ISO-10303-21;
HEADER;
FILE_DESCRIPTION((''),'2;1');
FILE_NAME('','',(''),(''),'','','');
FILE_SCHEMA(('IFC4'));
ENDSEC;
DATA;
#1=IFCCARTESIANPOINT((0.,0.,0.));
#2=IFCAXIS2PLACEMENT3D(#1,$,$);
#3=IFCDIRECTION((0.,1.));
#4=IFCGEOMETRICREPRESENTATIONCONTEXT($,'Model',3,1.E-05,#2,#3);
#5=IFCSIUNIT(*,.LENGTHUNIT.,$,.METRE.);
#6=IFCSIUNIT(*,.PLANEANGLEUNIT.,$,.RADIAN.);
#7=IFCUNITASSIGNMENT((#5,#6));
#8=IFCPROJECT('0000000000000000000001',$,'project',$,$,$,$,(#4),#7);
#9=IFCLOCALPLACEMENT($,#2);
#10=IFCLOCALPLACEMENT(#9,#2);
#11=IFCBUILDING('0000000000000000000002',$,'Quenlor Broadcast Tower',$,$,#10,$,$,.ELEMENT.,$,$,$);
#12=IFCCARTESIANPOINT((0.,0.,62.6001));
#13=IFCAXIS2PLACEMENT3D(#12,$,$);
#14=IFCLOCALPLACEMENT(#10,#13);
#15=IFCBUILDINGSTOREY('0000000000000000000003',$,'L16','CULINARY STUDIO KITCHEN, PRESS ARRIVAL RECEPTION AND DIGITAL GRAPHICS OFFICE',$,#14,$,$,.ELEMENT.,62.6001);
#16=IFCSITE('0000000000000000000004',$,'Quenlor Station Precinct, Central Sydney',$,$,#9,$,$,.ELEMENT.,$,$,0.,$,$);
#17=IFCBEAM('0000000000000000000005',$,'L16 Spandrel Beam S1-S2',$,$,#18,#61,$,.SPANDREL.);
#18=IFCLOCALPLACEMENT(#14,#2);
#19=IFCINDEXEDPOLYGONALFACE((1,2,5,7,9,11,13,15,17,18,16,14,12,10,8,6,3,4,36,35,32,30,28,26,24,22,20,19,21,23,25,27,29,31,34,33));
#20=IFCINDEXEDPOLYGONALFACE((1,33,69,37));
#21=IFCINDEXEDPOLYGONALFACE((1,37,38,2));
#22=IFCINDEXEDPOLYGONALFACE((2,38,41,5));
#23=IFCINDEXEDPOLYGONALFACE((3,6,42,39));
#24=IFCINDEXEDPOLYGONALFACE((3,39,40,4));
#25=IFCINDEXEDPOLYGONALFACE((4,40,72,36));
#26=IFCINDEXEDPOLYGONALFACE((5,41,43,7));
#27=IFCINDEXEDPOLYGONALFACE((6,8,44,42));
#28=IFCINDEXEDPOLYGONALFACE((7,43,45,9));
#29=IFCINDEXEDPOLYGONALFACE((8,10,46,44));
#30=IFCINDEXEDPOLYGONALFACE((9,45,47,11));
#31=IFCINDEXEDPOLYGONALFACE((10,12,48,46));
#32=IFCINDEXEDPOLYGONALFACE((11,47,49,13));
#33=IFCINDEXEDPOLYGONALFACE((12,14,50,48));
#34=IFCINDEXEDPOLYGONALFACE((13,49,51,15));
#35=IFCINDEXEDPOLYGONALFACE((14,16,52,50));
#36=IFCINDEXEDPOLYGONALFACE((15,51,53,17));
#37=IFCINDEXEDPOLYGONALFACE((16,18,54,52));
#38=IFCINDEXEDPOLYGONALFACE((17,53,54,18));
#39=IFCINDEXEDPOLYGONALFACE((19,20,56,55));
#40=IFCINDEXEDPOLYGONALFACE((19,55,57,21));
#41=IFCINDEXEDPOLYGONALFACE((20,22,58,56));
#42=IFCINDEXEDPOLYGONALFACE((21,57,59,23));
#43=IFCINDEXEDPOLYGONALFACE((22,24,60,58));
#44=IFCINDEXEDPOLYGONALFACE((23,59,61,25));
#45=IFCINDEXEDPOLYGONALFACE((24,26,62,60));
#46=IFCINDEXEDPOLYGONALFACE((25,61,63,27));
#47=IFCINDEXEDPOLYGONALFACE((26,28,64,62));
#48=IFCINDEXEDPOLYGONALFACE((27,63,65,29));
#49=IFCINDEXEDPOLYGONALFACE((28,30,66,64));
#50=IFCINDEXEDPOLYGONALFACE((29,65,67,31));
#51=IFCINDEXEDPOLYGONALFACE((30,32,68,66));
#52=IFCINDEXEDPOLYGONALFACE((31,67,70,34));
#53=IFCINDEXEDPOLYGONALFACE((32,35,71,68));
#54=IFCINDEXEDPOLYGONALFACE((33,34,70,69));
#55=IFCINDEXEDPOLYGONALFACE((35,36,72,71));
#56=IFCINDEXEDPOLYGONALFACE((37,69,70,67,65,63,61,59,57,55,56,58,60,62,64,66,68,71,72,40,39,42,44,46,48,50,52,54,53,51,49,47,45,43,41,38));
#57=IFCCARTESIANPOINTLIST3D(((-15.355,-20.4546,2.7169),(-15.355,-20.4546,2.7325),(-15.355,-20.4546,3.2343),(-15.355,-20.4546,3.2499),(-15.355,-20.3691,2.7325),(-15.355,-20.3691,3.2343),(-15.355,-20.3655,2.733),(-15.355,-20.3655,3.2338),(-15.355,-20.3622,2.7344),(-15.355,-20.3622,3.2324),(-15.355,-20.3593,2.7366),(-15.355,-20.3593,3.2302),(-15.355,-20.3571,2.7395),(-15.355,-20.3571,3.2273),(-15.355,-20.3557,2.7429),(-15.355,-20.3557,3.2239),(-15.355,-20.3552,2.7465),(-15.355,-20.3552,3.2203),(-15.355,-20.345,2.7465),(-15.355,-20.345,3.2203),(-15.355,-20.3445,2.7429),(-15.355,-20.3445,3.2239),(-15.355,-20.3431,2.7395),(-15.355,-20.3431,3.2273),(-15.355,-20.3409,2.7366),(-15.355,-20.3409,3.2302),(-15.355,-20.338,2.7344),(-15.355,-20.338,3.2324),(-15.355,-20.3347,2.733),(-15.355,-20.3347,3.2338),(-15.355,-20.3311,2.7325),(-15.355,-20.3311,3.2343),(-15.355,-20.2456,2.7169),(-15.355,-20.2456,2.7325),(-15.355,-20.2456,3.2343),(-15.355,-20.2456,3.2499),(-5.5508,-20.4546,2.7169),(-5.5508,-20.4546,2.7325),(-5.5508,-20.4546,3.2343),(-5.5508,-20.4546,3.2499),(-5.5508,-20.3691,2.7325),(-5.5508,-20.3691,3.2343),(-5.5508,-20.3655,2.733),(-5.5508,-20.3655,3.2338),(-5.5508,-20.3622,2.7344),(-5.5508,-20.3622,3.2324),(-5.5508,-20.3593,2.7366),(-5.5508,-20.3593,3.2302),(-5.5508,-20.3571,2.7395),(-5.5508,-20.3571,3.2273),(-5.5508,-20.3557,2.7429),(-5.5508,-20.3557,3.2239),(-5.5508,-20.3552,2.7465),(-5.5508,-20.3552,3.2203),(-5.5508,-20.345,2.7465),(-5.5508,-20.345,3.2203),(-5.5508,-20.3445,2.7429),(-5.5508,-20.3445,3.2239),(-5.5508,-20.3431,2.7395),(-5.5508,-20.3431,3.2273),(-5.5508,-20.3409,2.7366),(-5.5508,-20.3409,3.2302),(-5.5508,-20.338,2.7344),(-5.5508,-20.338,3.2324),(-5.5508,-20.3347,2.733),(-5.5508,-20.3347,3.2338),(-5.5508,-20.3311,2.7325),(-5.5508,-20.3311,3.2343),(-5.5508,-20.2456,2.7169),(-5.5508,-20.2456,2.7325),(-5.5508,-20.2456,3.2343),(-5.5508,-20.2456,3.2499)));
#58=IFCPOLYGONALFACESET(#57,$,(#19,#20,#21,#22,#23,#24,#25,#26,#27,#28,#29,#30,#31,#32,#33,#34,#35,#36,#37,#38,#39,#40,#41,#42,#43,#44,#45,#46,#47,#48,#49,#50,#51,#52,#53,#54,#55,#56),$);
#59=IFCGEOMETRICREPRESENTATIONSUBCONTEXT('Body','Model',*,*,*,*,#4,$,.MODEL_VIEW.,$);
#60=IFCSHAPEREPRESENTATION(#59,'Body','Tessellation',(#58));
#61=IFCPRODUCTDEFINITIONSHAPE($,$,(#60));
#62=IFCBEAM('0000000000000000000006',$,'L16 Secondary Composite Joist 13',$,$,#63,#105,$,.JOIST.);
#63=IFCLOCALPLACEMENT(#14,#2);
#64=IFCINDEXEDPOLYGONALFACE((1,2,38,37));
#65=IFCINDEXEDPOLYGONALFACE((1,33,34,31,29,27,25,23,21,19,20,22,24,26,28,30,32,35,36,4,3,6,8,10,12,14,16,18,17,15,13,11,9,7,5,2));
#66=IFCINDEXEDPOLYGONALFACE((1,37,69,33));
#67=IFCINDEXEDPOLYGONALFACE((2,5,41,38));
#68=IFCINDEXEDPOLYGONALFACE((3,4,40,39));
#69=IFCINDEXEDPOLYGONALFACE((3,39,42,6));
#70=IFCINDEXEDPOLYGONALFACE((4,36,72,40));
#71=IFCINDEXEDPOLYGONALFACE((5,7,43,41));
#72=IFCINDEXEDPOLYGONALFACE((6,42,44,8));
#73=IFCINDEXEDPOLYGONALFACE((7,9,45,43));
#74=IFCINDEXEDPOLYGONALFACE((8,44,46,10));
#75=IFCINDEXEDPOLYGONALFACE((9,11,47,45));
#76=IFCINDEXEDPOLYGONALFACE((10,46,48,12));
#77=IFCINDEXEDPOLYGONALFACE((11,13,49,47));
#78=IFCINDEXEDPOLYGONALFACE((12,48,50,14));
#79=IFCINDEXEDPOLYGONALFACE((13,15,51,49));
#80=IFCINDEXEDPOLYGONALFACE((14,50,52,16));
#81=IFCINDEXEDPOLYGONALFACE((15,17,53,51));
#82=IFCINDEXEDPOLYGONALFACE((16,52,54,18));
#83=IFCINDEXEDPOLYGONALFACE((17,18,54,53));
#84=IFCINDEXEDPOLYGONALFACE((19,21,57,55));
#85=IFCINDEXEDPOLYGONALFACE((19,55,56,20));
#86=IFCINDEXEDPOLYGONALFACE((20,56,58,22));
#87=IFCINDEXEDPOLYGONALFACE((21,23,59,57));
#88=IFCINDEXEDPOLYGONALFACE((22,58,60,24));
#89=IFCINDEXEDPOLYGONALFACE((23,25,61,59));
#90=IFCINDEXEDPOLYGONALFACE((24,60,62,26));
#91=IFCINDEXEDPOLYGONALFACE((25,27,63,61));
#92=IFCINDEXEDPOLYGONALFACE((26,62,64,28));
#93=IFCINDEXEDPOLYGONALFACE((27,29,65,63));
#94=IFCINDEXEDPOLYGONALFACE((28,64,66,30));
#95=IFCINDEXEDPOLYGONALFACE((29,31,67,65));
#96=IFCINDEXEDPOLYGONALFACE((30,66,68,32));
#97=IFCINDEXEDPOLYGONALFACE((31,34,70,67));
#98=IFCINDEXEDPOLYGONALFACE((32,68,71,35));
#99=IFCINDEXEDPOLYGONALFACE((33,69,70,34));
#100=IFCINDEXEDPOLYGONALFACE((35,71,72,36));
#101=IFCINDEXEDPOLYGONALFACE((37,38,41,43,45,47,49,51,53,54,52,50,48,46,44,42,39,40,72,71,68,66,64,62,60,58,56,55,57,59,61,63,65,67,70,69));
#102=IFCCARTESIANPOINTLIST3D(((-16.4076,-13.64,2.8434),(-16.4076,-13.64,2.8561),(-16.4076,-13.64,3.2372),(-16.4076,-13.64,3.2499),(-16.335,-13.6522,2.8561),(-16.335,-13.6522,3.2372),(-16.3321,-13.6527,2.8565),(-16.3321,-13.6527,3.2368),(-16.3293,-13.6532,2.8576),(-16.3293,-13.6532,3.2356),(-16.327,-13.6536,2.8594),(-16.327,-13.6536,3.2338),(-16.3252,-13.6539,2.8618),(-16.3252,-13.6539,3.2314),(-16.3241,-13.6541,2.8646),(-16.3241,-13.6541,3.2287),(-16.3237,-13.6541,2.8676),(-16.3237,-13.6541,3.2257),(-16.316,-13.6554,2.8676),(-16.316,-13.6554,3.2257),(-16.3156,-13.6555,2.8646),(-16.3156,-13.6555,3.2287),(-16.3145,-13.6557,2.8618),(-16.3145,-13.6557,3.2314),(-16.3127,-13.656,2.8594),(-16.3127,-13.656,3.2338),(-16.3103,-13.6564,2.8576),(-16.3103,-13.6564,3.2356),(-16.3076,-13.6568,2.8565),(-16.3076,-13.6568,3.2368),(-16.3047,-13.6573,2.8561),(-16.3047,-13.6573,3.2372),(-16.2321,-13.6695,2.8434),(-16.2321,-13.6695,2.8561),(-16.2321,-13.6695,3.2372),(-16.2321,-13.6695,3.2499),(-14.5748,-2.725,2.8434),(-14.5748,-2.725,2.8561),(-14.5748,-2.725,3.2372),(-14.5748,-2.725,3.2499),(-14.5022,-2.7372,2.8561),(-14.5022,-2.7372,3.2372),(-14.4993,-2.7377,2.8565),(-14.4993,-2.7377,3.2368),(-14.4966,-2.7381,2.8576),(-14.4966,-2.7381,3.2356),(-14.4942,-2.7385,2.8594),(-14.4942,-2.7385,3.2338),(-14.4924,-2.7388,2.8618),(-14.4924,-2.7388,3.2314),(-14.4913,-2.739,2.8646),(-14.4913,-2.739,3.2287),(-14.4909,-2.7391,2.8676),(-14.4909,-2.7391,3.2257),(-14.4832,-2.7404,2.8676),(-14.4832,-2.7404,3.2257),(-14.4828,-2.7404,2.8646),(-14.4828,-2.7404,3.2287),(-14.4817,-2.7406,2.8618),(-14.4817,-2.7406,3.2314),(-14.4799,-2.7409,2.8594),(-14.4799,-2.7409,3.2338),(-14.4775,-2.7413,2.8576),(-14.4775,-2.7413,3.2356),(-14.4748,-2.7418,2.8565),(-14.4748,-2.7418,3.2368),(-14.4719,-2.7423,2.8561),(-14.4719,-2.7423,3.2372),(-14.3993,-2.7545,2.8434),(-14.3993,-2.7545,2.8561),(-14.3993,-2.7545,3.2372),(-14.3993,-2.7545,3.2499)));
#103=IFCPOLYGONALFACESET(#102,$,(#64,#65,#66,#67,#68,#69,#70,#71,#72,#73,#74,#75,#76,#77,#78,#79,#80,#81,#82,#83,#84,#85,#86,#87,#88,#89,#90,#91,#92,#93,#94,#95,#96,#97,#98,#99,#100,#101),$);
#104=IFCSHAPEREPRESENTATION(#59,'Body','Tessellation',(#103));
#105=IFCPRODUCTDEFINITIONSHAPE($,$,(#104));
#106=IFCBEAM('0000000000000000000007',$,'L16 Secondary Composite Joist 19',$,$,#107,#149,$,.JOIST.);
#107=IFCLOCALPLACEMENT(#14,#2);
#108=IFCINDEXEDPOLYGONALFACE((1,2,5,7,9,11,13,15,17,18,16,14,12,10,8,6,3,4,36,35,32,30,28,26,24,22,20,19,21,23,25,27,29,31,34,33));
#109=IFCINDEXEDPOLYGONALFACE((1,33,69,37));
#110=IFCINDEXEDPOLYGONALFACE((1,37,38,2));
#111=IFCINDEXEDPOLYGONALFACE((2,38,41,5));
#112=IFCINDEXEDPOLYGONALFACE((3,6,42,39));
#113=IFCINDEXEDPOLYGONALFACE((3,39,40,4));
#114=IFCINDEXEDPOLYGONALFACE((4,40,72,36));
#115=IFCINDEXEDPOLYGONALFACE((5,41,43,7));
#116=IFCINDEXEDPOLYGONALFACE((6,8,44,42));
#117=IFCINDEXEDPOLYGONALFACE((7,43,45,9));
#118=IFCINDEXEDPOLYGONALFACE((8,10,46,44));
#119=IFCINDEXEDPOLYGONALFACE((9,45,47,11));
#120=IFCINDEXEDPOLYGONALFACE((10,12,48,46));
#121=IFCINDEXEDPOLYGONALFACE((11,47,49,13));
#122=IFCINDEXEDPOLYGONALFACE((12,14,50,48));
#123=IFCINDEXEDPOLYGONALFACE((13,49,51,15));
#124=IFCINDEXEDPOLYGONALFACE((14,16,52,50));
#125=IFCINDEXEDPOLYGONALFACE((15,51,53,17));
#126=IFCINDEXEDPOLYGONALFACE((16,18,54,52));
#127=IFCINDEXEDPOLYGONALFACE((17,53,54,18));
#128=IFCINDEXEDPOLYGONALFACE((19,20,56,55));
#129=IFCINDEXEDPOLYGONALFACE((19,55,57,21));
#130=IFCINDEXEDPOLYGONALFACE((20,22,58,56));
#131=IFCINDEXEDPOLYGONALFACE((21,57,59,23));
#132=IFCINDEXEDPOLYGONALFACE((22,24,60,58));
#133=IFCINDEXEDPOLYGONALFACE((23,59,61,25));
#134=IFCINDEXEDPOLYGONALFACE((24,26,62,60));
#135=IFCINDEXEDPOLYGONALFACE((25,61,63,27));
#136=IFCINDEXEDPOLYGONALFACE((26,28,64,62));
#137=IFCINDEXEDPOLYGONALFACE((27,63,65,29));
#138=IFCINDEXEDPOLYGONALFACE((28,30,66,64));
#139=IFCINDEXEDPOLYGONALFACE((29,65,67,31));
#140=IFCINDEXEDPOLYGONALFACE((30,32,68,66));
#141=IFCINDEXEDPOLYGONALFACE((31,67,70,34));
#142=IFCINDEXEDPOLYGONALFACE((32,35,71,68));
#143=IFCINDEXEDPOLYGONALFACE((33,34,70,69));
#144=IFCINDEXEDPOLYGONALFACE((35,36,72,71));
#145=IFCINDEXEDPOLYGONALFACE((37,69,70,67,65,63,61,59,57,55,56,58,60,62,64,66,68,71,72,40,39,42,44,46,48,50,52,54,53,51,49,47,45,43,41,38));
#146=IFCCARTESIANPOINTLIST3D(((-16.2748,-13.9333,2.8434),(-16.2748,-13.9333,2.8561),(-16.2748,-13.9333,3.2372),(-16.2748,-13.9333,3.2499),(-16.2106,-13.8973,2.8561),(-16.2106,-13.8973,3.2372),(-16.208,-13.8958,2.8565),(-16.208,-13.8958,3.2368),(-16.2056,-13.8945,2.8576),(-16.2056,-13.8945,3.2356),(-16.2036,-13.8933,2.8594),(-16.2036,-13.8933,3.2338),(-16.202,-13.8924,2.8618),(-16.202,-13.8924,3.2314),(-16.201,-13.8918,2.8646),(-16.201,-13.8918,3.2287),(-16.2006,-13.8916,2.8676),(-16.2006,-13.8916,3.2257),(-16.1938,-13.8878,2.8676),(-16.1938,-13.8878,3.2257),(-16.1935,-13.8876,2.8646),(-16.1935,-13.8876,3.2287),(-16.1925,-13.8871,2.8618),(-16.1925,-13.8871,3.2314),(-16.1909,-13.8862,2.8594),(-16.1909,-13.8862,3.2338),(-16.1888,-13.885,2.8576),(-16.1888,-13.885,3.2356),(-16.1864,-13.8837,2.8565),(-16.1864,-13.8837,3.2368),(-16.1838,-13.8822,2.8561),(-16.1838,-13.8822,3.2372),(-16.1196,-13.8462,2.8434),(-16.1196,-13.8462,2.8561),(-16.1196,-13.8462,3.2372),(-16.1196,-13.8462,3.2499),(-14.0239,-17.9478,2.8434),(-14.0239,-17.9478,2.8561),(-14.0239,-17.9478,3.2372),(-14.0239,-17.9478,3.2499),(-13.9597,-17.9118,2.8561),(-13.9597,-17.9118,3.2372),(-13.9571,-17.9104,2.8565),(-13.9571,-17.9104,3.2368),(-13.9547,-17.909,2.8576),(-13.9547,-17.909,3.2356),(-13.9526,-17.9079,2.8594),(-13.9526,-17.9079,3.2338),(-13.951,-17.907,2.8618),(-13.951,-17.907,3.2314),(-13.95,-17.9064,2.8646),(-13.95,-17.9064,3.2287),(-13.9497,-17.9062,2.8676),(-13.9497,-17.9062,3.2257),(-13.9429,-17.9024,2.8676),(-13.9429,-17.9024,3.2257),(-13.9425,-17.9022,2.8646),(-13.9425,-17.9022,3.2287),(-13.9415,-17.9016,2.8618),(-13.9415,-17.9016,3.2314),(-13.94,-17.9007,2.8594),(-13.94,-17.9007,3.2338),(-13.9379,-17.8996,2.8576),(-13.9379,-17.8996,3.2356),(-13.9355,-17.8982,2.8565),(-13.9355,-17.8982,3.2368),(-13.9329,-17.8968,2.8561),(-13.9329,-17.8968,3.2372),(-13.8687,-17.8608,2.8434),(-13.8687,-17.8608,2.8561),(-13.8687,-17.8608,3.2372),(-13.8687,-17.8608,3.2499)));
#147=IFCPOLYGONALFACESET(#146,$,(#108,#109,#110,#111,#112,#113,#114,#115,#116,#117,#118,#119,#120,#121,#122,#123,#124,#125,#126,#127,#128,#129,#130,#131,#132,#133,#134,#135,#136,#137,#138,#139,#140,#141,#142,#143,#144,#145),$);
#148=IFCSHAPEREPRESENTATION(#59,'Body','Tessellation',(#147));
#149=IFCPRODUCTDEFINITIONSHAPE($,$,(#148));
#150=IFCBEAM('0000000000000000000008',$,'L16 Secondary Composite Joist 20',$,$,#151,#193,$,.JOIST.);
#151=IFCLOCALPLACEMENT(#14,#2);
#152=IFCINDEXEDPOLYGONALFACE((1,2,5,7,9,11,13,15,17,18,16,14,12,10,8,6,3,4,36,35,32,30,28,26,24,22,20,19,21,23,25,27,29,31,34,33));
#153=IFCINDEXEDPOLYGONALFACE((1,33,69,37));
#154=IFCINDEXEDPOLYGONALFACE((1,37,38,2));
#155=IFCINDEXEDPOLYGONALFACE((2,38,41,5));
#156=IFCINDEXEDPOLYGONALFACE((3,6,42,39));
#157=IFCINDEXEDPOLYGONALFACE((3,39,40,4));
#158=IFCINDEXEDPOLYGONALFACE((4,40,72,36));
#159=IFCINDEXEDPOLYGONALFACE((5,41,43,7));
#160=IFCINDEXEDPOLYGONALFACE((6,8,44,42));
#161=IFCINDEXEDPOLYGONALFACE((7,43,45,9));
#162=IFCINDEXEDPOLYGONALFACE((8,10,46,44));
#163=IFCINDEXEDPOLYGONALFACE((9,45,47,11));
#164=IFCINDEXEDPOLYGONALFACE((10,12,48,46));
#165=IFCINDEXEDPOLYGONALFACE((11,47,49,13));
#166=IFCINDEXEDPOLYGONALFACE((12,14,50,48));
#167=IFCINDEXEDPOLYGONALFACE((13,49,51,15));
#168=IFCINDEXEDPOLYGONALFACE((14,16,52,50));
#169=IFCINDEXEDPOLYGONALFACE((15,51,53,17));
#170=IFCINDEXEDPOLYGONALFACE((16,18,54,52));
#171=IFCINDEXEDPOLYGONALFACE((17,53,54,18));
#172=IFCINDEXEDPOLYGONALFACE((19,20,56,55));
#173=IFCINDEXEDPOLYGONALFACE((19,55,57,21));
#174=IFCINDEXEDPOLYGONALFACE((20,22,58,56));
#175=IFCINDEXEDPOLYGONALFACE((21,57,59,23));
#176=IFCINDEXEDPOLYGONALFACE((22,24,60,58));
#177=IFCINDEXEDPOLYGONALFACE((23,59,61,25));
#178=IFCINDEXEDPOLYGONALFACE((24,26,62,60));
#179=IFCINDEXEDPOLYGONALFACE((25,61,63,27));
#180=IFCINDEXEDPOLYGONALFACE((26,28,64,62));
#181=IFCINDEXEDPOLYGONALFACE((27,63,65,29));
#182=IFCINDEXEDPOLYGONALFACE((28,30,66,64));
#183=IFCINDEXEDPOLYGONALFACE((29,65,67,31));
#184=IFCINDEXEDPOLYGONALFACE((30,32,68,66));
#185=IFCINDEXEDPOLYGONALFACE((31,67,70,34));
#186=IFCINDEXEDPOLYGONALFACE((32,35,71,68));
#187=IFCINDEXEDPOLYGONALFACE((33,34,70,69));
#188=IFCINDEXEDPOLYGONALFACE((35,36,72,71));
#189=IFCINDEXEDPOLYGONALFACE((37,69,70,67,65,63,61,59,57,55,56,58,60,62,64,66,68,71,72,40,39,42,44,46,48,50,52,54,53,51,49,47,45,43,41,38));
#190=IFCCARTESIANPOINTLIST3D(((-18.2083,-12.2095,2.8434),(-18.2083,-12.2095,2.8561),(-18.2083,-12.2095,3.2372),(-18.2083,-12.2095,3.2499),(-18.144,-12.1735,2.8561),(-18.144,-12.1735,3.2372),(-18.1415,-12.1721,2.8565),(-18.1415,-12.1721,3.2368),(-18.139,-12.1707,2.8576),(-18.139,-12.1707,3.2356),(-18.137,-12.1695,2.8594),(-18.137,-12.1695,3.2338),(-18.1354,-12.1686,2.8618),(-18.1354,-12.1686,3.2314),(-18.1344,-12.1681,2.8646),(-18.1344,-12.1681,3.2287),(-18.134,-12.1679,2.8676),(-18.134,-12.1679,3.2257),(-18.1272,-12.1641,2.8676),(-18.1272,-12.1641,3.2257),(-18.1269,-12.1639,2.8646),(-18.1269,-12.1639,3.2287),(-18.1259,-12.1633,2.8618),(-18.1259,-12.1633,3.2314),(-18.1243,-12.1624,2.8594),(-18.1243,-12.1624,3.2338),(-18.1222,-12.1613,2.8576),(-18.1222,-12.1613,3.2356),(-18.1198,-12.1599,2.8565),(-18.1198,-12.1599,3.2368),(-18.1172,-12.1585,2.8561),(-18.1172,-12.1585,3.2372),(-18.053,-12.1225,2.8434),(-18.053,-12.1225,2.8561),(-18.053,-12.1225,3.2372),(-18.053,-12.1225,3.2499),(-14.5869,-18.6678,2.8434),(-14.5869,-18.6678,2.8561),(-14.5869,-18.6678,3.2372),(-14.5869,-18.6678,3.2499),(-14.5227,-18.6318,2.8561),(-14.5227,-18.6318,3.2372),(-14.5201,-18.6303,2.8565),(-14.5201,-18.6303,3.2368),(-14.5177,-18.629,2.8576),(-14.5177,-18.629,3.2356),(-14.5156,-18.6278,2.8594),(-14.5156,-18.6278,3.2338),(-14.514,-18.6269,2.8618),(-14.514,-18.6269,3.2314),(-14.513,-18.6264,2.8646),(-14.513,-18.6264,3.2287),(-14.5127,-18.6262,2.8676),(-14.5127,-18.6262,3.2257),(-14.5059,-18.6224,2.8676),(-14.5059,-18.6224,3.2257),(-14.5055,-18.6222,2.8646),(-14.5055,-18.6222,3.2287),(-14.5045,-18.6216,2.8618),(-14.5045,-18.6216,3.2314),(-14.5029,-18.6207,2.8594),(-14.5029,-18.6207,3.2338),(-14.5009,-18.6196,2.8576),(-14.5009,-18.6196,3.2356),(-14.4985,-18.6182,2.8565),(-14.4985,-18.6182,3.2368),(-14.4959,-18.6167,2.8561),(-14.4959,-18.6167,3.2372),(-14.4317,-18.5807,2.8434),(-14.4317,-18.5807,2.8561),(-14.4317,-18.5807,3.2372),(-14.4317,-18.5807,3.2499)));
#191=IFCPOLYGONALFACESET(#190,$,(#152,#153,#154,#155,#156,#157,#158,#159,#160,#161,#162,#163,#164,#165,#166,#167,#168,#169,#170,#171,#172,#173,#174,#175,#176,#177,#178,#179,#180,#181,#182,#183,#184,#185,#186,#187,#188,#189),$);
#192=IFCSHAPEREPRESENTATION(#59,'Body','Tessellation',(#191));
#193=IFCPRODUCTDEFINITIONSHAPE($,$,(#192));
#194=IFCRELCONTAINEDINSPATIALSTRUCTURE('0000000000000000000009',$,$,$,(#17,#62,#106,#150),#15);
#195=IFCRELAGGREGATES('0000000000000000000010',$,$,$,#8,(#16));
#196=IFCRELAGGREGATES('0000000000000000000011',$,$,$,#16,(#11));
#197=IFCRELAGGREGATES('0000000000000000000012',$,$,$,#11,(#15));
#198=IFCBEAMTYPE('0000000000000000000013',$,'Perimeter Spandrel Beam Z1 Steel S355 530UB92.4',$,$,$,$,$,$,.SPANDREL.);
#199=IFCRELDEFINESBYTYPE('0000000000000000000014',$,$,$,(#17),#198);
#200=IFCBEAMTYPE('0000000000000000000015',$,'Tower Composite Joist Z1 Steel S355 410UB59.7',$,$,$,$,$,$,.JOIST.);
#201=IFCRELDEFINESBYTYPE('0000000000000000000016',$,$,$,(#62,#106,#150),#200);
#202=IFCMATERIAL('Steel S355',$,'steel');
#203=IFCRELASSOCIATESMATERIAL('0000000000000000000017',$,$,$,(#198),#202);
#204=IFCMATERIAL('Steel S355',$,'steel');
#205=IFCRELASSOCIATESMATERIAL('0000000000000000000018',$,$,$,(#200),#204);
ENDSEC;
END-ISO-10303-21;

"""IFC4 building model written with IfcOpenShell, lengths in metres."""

from ifc_helpers import new_model, si_unit, direction, frame, origin, origin_2d, place, context, subcontext, project, spatial, i_section, extrude, material, material_profile, profile_set, type_object, element, save


model = new_model("IFC4")

# Units and contexts
model_context = context("Model", 3, precision=1e-05, world=origin(), true_north=direction((0.0, 1.0)))
body_context = subcontext(model_context, "Body", "Model", "MODEL_VIEW")
ifc_project = project(units=[si_unit("LENGTHUNIT", "METRE"), si_unit("PLANEANGLEUNIT", "RADIAN")], contexts=[model_context])

# Site, building, storey
site_placement = place(None, origin())
site = spatial("IfcSite", under=ifc_project, at=site_placement, Name="Quenlor Station Precinct, Central Sydney", CompositionType="ELEMENT", RefElevation=0.0)
building_placement = place(site_placement, origin())
building = spatial("IfcBuilding", under=site, at=building_placement, Name="Quenlor Broadcast Tower", CompositionType="ELEMENT")
storey_placement = place(building_placement, frame((0.0, 0.0, 62.6001)))
storey = spatial("IfcBuildingStorey", under=building, at=storey_placement, Name="L16", Description="CULINARY STUDIO KITCHEN, PRESS ARRIVAL RECEPTION AND DIGITAL GRAPHICS OFFICE", CompositionType="ELEMENT", Elevation=62.6001)

# Beams
ifc_material_1 = material(Name="Steel S355", Category="steel")
ifc_material_profile_1 = material_profile(ifc_material_1, i_section(OverallWidth=0.209, OverallDepth=0.533, WebThickness=0.0103, FlangeThickness=0.0156, FilletRadius=0.0139, at=origin_2d()))
ifc_profile_set_1 = profile_set([ifc_material_profile_1], Name="Steel S355 530UB92.4")
beam_type_1 = type_object("IfcBeamType", Name="Perimeter Spandrel Beam Z1 Steel S355 530UB92.4", PredefinedType="SPANDREL", material=ifc_profile_set_1)
beam_1_placement = place(storey_placement, frame((-15.355, -20.3501, 2.9834), z_axis=(1.0, 0.0, 0.0), x_axis=(0.0, 1.0, 0.0)))
element("IfcBeam", 1, at=beam_1_placement, inside=storey, type_object=beam_type_1, Name="L16 Spandrel Beam S1-S2", PredefinedType="SPANDREL", context=body_context, shape_type="SweptSolid", body=[
    extrude(i_section(OverallWidth=0.209, OverallDepth=0.533, WebThickness=0.0103, FlangeThickness=0.0156, FilletRadius=0.0139, at=origin_2d()), origin(), (0.0, 0.0, 1.0), 9.8042),
])
ifc_material_2 = material(Name="Steel S355", Category="steel")
ifc_material_profile_2 = material_profile(ifc_material_2, i_section(OverallWidth=0.178, OverallDepth=0.4065, WebThickness=0.0078, FlangeThickness=0.0127, FilletRadius=0.0115, at=origin_2d()))
ifc_profile_set_2 = profile_set([ifc_material_profile_2], Name="Steel S355 410UB59.7")
beam_type_2 = type_object("IfcBeamType", Name="Tower Composite Joist Z1 Steel S355 410UB59.7", PredefinedType="JOIST", material=ifc_profile_set_2)
beam_2_placement = place(storey_placement, frame((-16.3198, -13.6548, 3.0466), z_axis=(0.165594, 0.986194, 0.0), x_axis=(-0.986194, 0.165594, 0.0)))
element("IfcBeam", 2, at=beam_2_placement, inside=storey, type_object=beam_type_2, Name="L16 Secondary Composite Joist 13", PredefinedType="JOIST", context=body_context, shape_type="SweptSolid", body=[
    extrude(i_section(OverallWidth=0.178, OverallDepth=0.4065, WebThickness=0.0078, FlangeThickness=0.0127, FilletRadius=0.0115, at=origin_2d()), origin(), (0.0, 0.0, 1.0), 11.0679),
])
beam_3_placement = place(storey_placement, frame((-13.9463, -17.9043, 3.0466), z_axis=(-0.489062, 0.872249, 0.0), x_axis=(-0.872249, -0.489062, 0.0)))
element("IfcBeam", 3, at=beam_3_placement, inside=storey, type_object=beam_type_2, Name="L16 Secondary Composite Joist 19", PredefinedType="JOIST", context=body_context, shape_type="SweptSolid", body=[
    extrude(i_section(OverallWidth=0.178, OverallDepth=0.4065, WebThickness=0.0078, FlangeThickness=0.0127, FilletRadius=0.0115, at=origin_2d()), origin(), (0.0, 0.0, 1.0), 4.6025),
])
beam_4_placement = place(storey_placement, frame((-14.5093, -18.6243, 3.0466), z_axis=(-0.489088, 0.872234, 0.0), x_axis=(-0.872234, -0.489088, 0.0)))
element("IfcBeam", 4, at=beam_4_placement, inside=storey, type_object=beam_type_2, Name="L16 Secondary Composite Joist 20", PredefinedType="JOIST", context=body_context, shape_type="SweptSolid", body=[
    extrude(i_section(OverallWidth=0.178, OverallDepth=0.4065, WebThickness=0.0078, FlangeThickness=0.0127, FilletRadius=0.0115, at=origin_2d()), origin(), (0.0, 0.0, 1.0), 7.4043),
])

save(model, "model.ifc")
